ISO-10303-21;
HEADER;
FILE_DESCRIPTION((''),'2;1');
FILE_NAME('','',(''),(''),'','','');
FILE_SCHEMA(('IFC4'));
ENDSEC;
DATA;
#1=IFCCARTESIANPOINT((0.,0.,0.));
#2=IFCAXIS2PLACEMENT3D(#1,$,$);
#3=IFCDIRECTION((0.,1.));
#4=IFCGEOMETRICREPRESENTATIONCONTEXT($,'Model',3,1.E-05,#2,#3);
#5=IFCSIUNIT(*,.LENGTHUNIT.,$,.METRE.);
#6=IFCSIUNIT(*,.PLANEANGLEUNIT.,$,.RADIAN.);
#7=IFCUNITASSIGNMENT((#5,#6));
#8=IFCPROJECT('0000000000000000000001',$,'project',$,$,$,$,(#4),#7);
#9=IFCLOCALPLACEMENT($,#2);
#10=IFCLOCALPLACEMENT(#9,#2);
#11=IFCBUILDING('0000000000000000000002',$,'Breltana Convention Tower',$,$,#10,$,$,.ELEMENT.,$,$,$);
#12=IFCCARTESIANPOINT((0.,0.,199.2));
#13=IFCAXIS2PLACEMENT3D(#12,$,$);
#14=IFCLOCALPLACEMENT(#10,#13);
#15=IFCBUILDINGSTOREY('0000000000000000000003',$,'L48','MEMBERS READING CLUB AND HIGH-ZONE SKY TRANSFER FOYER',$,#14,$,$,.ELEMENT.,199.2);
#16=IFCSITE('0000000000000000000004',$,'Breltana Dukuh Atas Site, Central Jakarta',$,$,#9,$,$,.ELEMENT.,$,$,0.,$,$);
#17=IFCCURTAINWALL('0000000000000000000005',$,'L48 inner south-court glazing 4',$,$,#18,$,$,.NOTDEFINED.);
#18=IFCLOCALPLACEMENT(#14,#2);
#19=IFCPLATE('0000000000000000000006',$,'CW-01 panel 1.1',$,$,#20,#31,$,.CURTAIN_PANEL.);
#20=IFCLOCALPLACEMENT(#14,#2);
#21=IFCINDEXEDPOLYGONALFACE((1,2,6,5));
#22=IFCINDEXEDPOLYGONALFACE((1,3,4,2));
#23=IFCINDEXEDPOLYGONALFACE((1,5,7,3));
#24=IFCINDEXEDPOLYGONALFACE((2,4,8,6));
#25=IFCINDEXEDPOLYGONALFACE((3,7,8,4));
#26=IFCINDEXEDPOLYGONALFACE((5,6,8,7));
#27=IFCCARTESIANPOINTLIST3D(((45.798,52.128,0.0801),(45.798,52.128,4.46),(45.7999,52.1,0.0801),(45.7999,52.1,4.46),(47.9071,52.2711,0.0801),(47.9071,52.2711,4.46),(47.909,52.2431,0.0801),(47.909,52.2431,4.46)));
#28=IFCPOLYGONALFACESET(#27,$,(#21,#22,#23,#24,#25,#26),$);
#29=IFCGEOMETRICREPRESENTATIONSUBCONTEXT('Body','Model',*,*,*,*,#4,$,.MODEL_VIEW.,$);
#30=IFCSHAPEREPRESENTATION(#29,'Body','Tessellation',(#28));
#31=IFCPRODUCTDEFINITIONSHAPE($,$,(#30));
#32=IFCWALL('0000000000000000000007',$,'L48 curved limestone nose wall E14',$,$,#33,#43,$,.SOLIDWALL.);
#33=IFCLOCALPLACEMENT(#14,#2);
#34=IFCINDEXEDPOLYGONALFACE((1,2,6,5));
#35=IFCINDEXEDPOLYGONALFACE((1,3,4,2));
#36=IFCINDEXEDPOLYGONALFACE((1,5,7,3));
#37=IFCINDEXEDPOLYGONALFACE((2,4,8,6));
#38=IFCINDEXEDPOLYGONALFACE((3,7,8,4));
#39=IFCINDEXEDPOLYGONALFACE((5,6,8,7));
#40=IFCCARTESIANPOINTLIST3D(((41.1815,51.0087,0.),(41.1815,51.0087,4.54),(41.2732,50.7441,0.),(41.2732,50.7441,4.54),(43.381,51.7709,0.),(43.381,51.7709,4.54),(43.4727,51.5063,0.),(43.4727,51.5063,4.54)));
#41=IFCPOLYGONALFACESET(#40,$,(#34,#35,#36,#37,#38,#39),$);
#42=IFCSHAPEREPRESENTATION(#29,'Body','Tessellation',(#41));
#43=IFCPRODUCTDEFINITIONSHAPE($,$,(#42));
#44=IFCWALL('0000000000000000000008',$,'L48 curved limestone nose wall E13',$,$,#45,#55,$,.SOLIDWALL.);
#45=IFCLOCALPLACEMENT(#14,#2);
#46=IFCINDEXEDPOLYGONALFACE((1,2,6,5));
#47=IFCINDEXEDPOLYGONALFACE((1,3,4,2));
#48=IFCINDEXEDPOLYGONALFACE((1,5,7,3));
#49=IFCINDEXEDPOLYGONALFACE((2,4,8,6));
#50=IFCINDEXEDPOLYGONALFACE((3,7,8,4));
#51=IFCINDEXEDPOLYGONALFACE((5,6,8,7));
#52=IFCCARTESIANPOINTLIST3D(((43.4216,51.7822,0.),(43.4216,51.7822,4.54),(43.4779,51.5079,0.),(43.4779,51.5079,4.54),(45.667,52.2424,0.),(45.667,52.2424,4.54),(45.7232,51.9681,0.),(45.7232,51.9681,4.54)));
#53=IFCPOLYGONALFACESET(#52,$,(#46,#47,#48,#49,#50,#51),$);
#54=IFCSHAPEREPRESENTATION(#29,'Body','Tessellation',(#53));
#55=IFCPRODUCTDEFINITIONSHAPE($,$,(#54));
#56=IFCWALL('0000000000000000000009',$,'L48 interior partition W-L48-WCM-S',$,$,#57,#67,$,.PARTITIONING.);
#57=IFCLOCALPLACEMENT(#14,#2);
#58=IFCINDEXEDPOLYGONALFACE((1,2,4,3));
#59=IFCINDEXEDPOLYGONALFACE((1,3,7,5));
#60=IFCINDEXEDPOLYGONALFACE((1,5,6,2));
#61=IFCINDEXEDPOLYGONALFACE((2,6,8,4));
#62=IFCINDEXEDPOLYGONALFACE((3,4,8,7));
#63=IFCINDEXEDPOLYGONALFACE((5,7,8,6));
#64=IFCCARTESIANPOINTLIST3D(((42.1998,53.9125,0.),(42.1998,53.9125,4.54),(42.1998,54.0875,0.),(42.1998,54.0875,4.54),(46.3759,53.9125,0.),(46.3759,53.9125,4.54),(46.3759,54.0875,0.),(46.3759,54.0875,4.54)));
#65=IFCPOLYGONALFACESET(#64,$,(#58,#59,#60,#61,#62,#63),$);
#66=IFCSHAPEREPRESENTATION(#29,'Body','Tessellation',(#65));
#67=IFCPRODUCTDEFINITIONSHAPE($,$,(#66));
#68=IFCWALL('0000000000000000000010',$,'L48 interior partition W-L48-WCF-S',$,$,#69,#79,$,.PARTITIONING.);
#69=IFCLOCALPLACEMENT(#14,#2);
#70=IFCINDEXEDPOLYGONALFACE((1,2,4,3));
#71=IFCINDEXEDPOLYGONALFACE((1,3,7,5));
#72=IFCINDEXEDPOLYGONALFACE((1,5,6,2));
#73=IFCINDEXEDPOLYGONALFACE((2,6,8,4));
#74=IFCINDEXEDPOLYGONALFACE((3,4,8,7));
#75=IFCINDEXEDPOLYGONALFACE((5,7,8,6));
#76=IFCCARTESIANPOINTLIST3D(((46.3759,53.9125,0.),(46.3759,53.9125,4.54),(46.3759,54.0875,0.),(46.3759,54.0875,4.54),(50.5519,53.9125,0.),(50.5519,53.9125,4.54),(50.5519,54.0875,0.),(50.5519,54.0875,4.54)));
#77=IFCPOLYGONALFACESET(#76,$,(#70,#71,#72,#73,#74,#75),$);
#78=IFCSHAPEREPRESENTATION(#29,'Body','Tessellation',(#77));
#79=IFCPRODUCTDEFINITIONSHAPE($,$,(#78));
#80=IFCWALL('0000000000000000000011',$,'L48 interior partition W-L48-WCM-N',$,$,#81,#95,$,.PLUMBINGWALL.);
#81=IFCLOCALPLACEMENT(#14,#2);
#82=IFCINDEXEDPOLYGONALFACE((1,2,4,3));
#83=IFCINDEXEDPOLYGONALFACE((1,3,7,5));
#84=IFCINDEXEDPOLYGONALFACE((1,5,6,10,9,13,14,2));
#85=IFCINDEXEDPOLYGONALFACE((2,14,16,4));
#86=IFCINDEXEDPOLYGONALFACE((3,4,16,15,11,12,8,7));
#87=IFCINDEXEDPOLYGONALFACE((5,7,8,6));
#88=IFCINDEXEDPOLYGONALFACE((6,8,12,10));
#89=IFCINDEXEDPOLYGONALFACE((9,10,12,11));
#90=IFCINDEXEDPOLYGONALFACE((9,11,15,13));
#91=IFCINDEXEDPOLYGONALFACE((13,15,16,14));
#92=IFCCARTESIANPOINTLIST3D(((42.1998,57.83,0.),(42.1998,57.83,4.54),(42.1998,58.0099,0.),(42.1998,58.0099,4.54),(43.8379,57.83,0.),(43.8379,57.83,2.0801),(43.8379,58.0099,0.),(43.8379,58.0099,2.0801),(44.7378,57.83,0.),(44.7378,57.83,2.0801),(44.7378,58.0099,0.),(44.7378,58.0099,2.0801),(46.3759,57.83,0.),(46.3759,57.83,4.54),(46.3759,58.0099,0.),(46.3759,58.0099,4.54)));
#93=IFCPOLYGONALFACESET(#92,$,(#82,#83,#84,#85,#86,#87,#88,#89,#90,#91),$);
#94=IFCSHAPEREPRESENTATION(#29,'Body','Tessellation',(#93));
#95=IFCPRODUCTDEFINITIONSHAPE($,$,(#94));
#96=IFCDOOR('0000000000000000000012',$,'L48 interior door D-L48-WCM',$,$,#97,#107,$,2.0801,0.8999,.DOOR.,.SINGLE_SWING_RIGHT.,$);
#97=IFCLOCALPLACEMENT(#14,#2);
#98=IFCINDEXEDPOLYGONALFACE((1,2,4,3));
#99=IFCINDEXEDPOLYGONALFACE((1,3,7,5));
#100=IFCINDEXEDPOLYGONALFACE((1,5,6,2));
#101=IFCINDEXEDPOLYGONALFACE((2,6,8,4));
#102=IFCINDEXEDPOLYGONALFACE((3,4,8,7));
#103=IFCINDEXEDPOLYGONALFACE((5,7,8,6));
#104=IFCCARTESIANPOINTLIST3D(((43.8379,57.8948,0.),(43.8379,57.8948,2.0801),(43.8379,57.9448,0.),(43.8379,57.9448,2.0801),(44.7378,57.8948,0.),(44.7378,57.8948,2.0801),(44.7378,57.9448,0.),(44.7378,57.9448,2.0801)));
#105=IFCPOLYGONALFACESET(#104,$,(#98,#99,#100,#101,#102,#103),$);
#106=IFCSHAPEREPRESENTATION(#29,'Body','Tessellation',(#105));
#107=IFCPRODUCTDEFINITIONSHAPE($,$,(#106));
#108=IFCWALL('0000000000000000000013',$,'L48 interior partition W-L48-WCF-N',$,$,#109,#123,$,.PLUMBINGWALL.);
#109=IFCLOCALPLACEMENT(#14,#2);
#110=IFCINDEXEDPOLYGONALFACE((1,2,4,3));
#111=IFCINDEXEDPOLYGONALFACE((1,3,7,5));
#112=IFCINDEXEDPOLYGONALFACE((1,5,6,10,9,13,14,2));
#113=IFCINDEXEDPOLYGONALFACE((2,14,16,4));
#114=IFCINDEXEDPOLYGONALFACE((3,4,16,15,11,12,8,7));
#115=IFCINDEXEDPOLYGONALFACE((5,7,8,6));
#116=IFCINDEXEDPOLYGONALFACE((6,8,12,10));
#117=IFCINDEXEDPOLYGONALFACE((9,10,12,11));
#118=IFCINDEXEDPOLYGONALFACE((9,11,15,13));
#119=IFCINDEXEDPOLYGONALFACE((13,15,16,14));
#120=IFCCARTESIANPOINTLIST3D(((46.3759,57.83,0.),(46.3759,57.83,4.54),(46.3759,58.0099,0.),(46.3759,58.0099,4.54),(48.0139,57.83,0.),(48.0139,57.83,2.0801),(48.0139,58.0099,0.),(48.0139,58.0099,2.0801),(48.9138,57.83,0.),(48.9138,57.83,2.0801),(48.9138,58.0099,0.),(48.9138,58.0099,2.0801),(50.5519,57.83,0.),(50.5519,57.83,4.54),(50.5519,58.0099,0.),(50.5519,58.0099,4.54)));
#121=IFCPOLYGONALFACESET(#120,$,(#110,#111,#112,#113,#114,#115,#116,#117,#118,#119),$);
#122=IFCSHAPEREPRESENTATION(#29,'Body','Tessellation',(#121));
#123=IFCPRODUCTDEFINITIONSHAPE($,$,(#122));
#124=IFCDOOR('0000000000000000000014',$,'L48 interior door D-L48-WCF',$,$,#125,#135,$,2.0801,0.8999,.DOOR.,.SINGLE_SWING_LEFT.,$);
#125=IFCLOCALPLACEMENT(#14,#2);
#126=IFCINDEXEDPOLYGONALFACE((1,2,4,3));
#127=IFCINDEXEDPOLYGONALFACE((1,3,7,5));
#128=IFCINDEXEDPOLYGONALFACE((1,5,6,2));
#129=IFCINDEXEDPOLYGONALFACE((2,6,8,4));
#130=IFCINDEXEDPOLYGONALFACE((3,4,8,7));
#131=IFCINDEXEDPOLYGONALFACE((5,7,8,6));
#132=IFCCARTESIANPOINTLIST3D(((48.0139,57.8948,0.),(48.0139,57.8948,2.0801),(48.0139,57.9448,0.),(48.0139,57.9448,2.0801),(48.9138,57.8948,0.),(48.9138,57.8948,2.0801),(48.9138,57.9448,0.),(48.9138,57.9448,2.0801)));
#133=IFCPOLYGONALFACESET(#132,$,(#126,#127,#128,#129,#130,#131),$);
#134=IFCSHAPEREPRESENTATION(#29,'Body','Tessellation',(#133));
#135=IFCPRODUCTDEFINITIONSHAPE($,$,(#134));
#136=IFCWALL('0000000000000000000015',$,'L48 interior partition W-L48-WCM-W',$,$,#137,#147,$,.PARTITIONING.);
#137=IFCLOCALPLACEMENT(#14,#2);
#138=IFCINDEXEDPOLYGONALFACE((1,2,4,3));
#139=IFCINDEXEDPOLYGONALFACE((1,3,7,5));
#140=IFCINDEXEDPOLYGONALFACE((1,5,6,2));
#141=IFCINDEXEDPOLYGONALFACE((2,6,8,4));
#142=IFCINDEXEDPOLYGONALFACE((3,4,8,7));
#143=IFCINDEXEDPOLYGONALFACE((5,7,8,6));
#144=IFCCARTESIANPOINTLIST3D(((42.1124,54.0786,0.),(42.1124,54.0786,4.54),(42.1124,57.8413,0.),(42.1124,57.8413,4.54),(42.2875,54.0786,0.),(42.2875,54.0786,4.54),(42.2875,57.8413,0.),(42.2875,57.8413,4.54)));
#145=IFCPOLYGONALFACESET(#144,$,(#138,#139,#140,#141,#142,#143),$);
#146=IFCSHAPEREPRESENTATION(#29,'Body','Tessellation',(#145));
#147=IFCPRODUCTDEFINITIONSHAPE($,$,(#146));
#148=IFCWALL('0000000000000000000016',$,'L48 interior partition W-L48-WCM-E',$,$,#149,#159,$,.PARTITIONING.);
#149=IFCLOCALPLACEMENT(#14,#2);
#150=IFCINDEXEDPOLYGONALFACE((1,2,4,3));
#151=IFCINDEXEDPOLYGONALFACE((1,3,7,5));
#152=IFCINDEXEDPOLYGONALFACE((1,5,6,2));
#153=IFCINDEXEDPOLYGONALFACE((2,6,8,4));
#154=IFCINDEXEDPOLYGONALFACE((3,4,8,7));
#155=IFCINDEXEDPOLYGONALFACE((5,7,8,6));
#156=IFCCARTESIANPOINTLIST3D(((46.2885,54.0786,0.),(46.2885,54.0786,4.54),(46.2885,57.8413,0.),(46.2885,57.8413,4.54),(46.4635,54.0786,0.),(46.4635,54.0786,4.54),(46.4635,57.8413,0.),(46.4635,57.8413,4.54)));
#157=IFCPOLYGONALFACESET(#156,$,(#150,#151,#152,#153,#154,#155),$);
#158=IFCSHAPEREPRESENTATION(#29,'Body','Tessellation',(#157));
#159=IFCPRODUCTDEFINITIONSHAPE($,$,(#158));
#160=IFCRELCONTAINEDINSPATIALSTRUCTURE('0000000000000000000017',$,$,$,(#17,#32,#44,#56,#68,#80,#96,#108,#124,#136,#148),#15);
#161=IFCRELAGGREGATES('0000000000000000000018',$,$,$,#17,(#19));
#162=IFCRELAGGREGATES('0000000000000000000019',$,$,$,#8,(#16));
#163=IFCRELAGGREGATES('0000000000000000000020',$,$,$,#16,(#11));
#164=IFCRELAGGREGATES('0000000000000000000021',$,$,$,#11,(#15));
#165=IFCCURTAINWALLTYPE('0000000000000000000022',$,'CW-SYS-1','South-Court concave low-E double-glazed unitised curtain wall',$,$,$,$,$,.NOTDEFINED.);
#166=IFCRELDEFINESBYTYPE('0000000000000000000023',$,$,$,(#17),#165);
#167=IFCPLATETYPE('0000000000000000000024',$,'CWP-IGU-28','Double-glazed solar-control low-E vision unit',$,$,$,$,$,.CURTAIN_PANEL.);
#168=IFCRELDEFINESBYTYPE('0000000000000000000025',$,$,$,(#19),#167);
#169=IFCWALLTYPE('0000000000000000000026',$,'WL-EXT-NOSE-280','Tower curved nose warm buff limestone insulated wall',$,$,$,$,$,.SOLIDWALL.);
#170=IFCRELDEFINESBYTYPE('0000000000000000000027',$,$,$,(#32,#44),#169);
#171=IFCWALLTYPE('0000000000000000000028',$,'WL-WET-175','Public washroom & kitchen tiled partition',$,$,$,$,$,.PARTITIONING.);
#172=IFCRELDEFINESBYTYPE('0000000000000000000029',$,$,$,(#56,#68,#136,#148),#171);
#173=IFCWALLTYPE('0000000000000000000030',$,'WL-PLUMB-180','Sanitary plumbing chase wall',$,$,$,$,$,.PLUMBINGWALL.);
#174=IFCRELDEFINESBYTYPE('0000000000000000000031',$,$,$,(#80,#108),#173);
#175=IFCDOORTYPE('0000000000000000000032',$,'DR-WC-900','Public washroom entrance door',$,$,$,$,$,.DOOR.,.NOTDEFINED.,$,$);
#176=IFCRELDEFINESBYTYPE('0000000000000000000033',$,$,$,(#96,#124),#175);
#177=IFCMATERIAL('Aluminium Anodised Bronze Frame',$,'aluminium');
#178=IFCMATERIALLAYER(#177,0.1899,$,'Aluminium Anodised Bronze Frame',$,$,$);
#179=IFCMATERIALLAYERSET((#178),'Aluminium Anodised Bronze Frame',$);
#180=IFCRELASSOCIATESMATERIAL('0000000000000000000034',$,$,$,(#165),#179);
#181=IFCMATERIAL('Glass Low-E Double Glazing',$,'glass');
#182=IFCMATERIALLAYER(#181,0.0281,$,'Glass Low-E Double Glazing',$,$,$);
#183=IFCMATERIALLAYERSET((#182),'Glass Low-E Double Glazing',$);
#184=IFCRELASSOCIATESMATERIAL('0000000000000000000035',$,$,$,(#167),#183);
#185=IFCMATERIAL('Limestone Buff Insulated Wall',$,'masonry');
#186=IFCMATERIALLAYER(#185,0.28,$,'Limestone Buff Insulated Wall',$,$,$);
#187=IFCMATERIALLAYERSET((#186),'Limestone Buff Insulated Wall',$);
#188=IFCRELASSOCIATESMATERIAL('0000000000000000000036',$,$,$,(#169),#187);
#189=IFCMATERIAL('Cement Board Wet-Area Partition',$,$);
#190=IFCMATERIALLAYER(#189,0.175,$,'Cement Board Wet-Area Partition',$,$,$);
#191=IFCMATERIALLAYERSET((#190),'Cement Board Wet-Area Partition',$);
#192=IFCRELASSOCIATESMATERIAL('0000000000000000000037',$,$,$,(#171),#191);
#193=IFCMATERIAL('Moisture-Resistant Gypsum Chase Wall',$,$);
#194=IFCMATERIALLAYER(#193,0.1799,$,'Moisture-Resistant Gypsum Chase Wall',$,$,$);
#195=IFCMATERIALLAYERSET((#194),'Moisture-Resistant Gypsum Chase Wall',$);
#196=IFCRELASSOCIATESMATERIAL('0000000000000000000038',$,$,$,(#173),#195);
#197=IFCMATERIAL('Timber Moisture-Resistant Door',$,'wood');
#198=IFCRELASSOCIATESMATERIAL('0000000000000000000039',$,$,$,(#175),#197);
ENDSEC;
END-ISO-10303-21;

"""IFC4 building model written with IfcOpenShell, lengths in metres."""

from ifc_helpers import new_model, si_unit, direction, frame, frame_2d, origin, origin_2d, place, context, subcontext, project, spatial, rectangle, extrude, source, transform, mapped, material, layer, layer_set, type_object, type_shapes, element, fill, aggregate, save


model = new_model("IFC4")

# Units and contexts
model_context = context("Model", 3, precision=1e-05, world=origin(), true_north=direction((0.0, 1.0)))
body_context = subcontext(model_context, "Body", "Model", "MODEL_VIEW")
ifc_project = project(units=[si_unit("LENGTHUNIT", "METRE"), si_unit("PLANEANGLEUNIT", "RADIAN")], contexts=[model_context])

# Site, building, storey
site_placement = place(None, origin())
site = spatial("IfcSite", under=ifc_project, at=site_placement, Name="Breltana Dukuh Atas Site, Central Jakarta", CompositionType="ELEMENT", RefElevation=0.0)
building_placement = place(site_placement, origin())
building = spatial("IfcBuilding", under=site, at=building_placement, Name="Breltana Convention Tower", CompositionType="ELEMENT")
storey_placement = place(building_placement, frame((0.0, 0.0, 199.2)))
storey = spatial("IfcBuildingStorey", under=building, at=storey_placement, Name="L48", Description="MEMBERS READING CLUB AND HIGH-ZONE SKY TRANSFER FOYER", CompositionType="ELEMENT", Elevation=199.2)

# Curtain wall, plate
ifc_material_1 = material(Name="Aluminium Anodised Bronze Frame", Category="aluminium")
ifc_layer_1 = layer(ifc_material_1, 0.1899, Name="Aluminium Anodised Bronze Frame")
ifc_layer_set_1 = layer_set([ifc_layer_1], Name="Aluminium Anodised Bronze Frame")
curtain_wall_type = type_object("IfcCurtainWallType", Name="CW-SYS-1", Description="South-Court concave low-E double-glazed unitised curtain wall", PredefinedType="NOTDEFINED", material=ifc_layer_set_1)
curtain_wall_placement = place(storey_placement, origin())
curtain_wall = element("IfcCurtainWall", 1, at=curtain_wall_placement, inside=storey, type_object=curtain_wall_type, Name="L48 inner south-court glazing 4", PredefinedType="NOTDEFINED")
ifc_material_2 = material(Name="Glass Low-E Double Glazing", Category="glass")
ifc_layer_2 = layer(ifc_material_2, 0.0281, Name="Glass Low-E Double Glazing")
ifc_layer_set_2 = layer_set([ifc_layer_2], Name="Glass Low-E Double Glazing")
plate_type = type_object("IfcPlateType", Name="CWP-IGU-28", Description="Double-glazed solar-control low-E vision unit", PredefinedType="CURTAIN_PANEL", material=ifc_layer_set_2)
shared_shape_1 = source(origin(), body_context, "Body", "SweptSolid", [
    extrude(rectangle(XDim=2.114, YDim=0.0281, at=origin_2d()), origin(), (0.0, 0.0, 1.0), 4.3799),
])
plate_placement = place(storey_placement, frame((46.8535, 52.1855, 0.0801), z_axis=(0.0, 0.0, 1.0), x_axis=(-0.997704, -0.067724, 0.0)))
plate = element("IfcPlate", 2, at=plate_placement, type_object=plate_type, Name="CW-01 panel 1.1", PredefinedType="CURTAIN_PANEL", context=body_context, shape_type="MappedRepresentation", body=[
    mapped(shared_shape_1, transform((0.0, 0.0, 0.0), scale=1.0)),
])
aggregate(curtain_wall, [plate])

# Walls
ifc_material_3 = material(Name="Limestone Buff Insulated Wall", Category="masonry")
ifc_layer_3 = layer(ifc_material_3, 0.28, Name="Limestone Buff Insulated Wall")
ifc_layer_set_3 = layer_set([ifc_layer_3], Name="Limestone Buff Insulated Wall")
wall_type_1 = type_object("IfcWallType", Name="WL-EXT-NOSE-280", Description="Tower curved nose warm buff limestone insulated wall", PredefinedType="SOLIDWALL", material=ifc_layer_set_3)
shared_shape_2 = source(origin(), body_context, "Body", "SweptSolid", [
    extrude(rectangle(XDim=2.3279, YDim=0.28, at=frame_2d((1.1641, 0.0))), origin(), (0.0, 0.0, 1.0), 4.54),
])
wall_1_placement = place(storey_placement, frame((43.427, 51.6387, 0.0), z_axis=(0.0, 0.0, 1.0), x_axis=(-0.944873, -0.327438, 0.0)))
element("IfcWall", 3, at=wall_1_placement, inside=storey, type_object=wall_type_1, Name="L48 curved limestone nose wall E14", PredefinedType="SOLIDWALL", context=body_context, shape_type="MappedRepresentation", body=[
    mapped(shared_shape_2, transform((0.0, 0.0, 0.0), scale=1.0)),
])
shared_shape_3 = source(origin(), body_context, "Body", "SweptSolid", [
    extrude(rectangle(XDim=2.292, YDim=0.28, at=frame_2d((1.146, 0.0))), origin(), (0.0, 0.0, 1.0), 4.54),
])
wall_2_placement = place(storey_placement, frame((45.6951, 52.1052, 0.0), z_axis=(0.0, 0.0, 1.0), x_axis=(-0.979635, -0.200784, 0.0)))
element("IfcWall", 4, at=wall_2_placement, inside=storey, type_object=wall_type_1, Name="L48 curved limestone nose wall E13", PredefinedType="SOLIDWALL", context=body_context, shape_type="MappedRepresentation", body=[
    mapped(shared_shape_3, transform((0.0, 0.0, 0.0), scale=1.0)),
])
ifc_material_4 = material(Name="Cement Board Wet-Area Partition")
ifc_layer_4 = layer(ifc_material_4, 0.175, Name="Cement Board Wet-Area Partition")
ifc_layer_set_4 = layer_set([ifc_layer_4], Name="Cement Board Wet-Area Partition")
wall_type_2 = type_object("IfcWallType", Name="WL-WET-175", Description="Public washroom & kitchen tiled partition", PredefinedType="PARTITIONING", material=ifc_layer_set_4)
shared_shape_4 = source(origin(), body_context, "Body", "SweptSolid", [
    extrude(rectangle(XDim=4.176, YDim=0.175, at=frame_2d((2.0879, 0.0))), origin(), (0.0, 0.0, 1.0), 4.54),
])
for number, where, z_axis, x_axis, name in (
    (5, (42.2, 54.0, 0.0), (0.0, 0.0, 1.0), (1.0, 0.0, 0.0), "L48 interior partition W-L48-WCM-S"),
    (6, (46.376, 54.0, 0.0), (0.0, 0.0, 1.0), (1.0, 0.0, 0.0), "L48 interior partition W-L48-WCF-S"),
):
    element("IfcWall", number, at=place(storey_placement, frame(where, z_axis=z_axis, x_axis=x_axis)), inside=storey, type_object=wall_type_2, Name=name, PredefinedType="PARTITIONING", context=body_context, shape_type="MappedRepresentation", body=[
        mapped(shared_shape_4, transform((0.0, 0.0, 0.0), scale=1.0)),
    ])

# Walls, openings, doors
ifc_material_5 = material(Name="Moisture-Resistant Gypsum Chase Wall")
ifc_layer_5 = layer(ifc_material_5, 0.1799, Name="Moisture-Resistant Gypsum Chase Wall")
ifc_layer_set_5 = layer_set([ifc_layer_5], Name="Moisture-Resistant Gypsum Chase Wall")
wall_type_3 = type_object("IfcWallType", Name="WL-PLUMB-180", Description="Sanitary plumbing chase wall", PredefinedType="PLUMBINGWALL", material=ifc_layer_set_5)
shared_shape_5 = source(origin(), body_context, "Body", "SweptSolid", [
    extrude(rectangle(XDim=4.176, YDim=0.1799, at=frame_2d((2.0879, 0.0))), origin(), (0.0, 0.0, 1.0), 4.54),
])
wall_3_placement = place(storey_placement, frame((42.2, 57.9199, 0.0), z_axis=(0.0, 0.0, 1.0), x_axis=(1.0, 0.0, 0.0)))
wall_3 = element("IfcWall", 7, at=wall_3_placement, inside=storey, type_object=wall_type_3, Name="L48 interior partition W-L48-WCM-N", PredefinedType="PLUMBINGWALL", context=body_context, shape_type="MappedRepresentation", body=[
    mapped(shared_shape_5, transform((0.0, 0.0, 0.0), scale=1.0)),
])
opening_1_placement = place(wall_3_placement, frame((1.6379, 0.0, 0.0)))
opening_1 = element("IfcOpeningElement", 8, at=opening_1_placement, cuts=wall_3, PredefinedType="OPENING", context=body_context, shape_type="SweptSolid", body=[
    extrude(rectangle(XDim=0.8999, YDim=2.0801, at=frame_2d((0.45, 1.04))), frame((0.0, 0.1001, 0.0), z_axis=(0.0, -1.0, 0.0), x_axis=(1.0, 0.0, 0.0)), (0.0, 0.0, 1.0), 0.2),
])
ifc_material_6 = material(Name="Timber Moisture-Resistant Door", Category="wood")
door_type_1 = type_object("IfcDoorType", Name="DR-WC-900", Description="Public washroom entrance door", OperationType="NOTDEFINED", PredefinedType="DOOR", material=ifc_material_6)
shared_shape_6 = source(origin(), body_context, "Body", "SweptSolid", [
    extrude(rectangle(XDim=0.8999, YDim=2.0801, at=frame_2d((0.45, 1.04))), frame((0.0, 0.0249, 0.0), z_axis=(0.0, -1.0, 0.0), x_axis=(1.0, 0.0, 0.0)), (0.0, 0.0, 1.0), 0.05),
])
type_shapes(door_type_1, [shared_shape_6])
door_1_placement = place(opening_1_placement, origin())
door_1 = element("IfcDoor", 9, at=door_1_placement, inside=storey, type_object=door_type_1, Name="L48 interior door D-L48-WCM", OperationType="SINGLE_SWING_RIGHT", OverallHeight=2.0801, OverallWidth=0.8999, PredefinedType="DOOR", context=body_context, shape_type="MappedRepresentation", body=[
    mapped(shared_shape_6, transform((0.0, 0.0, 0.0), scale=1.0)),
])
fill(opening_1, door_1)
wall_4_placement = place(storey_placement, frame((46.376, 57.9199, 0.0), z_axis=(0.0, 0.0, 1.0), x_axis=(1.0, 0.0, 0.0)))
wall_4 = element("IfcWall", 10, at=wall_4_placement, inside=storey, type_object=wall_type_3, Name="L48 interior partition W-L48-WCF-N", PredefinedType="PLUMBINGWALL", context=body_context, shape_type="MappedRepresentation", body=[
    mapped(shared_shape_5, transform((0.0, 0.0, 0.0), scale=1.0)),
])
opening_2_placement = place(wall_4_placement, frame((1.6379, 0.0, 0.0)))
opening_2 = element("IfcOpeningElement", 11, at=opening_2_placement, cuts=wall_4, PredefinedType="OPENING", context=body_context, shape_type="SweptSolid", body=[
    extrude(rectangle(XDim=0.8999, YDim=2.0801, at=frame_2d((0.45, 1.04))), frame((0.0, 0.1001, 0.0), z_axis=(0.0, -1.0, 0.0), x_axis=(1.0, 0.0, 0.0)), (0.0, 0.0, 1.0), 0.2),
])
door_2_placement = place(opening_2_placement, origin())
door_2 = element("IfcDoor", 12, at=door_2_placement, inside=storey, type_object=door_type_1, Name="L48 interior door D-L48-WCF", OperationType="SINGLE_SWING_LEFT", OverallHeight=2.0801, OverallWidth=0.8999, PredefinedType="DOOR", context=body_context, shape_type="MappedRepresentation", body=[
    mapped(shared_shape_6, transform((0.0, 0.0, 0.0), scale=1.0)),
])
fill(opening_2, door_2)

# Walls
shared_shape_7 = source(origin(), body_context, "Body", "SweptSolid", [
    extrude(rectangle(XDim=3.7627, YDim=0.175, at=frame_2d((1.8813, 0.0))), origin(), (0.0, 0.0, 1.0), 4.54),
])
for number, where, z_axis, x_axis, name in (
    (13, (42.2, 54.0786, 0.0), (0.0, 0.0, 1.0), (0.0, 1.0, 0.0), "L48 interior partition W-L48-WCM-W"),
    (14, (46.376, 54.0786, 0.0), (0.0, 0.0, 1.0), (0.0, 1.0, 0.0), "L48 interior partition W-L48-WCM-E"),
):
    element("IfcWall", number, at=place(storey_placement, frame(where, z_axis=z_axis, x_axis=x_axis)), inside=storey, type_object=wall_type_2, Name=name, PredefinedType="PARTITIONING", context=body_context, shape_type="MappedRepresentation", body=[
        mapped(shared_shape_7, transform((0.0, 0.0, 0.0), scale=1.0)),
    ])

save(model, "model.ifc")
